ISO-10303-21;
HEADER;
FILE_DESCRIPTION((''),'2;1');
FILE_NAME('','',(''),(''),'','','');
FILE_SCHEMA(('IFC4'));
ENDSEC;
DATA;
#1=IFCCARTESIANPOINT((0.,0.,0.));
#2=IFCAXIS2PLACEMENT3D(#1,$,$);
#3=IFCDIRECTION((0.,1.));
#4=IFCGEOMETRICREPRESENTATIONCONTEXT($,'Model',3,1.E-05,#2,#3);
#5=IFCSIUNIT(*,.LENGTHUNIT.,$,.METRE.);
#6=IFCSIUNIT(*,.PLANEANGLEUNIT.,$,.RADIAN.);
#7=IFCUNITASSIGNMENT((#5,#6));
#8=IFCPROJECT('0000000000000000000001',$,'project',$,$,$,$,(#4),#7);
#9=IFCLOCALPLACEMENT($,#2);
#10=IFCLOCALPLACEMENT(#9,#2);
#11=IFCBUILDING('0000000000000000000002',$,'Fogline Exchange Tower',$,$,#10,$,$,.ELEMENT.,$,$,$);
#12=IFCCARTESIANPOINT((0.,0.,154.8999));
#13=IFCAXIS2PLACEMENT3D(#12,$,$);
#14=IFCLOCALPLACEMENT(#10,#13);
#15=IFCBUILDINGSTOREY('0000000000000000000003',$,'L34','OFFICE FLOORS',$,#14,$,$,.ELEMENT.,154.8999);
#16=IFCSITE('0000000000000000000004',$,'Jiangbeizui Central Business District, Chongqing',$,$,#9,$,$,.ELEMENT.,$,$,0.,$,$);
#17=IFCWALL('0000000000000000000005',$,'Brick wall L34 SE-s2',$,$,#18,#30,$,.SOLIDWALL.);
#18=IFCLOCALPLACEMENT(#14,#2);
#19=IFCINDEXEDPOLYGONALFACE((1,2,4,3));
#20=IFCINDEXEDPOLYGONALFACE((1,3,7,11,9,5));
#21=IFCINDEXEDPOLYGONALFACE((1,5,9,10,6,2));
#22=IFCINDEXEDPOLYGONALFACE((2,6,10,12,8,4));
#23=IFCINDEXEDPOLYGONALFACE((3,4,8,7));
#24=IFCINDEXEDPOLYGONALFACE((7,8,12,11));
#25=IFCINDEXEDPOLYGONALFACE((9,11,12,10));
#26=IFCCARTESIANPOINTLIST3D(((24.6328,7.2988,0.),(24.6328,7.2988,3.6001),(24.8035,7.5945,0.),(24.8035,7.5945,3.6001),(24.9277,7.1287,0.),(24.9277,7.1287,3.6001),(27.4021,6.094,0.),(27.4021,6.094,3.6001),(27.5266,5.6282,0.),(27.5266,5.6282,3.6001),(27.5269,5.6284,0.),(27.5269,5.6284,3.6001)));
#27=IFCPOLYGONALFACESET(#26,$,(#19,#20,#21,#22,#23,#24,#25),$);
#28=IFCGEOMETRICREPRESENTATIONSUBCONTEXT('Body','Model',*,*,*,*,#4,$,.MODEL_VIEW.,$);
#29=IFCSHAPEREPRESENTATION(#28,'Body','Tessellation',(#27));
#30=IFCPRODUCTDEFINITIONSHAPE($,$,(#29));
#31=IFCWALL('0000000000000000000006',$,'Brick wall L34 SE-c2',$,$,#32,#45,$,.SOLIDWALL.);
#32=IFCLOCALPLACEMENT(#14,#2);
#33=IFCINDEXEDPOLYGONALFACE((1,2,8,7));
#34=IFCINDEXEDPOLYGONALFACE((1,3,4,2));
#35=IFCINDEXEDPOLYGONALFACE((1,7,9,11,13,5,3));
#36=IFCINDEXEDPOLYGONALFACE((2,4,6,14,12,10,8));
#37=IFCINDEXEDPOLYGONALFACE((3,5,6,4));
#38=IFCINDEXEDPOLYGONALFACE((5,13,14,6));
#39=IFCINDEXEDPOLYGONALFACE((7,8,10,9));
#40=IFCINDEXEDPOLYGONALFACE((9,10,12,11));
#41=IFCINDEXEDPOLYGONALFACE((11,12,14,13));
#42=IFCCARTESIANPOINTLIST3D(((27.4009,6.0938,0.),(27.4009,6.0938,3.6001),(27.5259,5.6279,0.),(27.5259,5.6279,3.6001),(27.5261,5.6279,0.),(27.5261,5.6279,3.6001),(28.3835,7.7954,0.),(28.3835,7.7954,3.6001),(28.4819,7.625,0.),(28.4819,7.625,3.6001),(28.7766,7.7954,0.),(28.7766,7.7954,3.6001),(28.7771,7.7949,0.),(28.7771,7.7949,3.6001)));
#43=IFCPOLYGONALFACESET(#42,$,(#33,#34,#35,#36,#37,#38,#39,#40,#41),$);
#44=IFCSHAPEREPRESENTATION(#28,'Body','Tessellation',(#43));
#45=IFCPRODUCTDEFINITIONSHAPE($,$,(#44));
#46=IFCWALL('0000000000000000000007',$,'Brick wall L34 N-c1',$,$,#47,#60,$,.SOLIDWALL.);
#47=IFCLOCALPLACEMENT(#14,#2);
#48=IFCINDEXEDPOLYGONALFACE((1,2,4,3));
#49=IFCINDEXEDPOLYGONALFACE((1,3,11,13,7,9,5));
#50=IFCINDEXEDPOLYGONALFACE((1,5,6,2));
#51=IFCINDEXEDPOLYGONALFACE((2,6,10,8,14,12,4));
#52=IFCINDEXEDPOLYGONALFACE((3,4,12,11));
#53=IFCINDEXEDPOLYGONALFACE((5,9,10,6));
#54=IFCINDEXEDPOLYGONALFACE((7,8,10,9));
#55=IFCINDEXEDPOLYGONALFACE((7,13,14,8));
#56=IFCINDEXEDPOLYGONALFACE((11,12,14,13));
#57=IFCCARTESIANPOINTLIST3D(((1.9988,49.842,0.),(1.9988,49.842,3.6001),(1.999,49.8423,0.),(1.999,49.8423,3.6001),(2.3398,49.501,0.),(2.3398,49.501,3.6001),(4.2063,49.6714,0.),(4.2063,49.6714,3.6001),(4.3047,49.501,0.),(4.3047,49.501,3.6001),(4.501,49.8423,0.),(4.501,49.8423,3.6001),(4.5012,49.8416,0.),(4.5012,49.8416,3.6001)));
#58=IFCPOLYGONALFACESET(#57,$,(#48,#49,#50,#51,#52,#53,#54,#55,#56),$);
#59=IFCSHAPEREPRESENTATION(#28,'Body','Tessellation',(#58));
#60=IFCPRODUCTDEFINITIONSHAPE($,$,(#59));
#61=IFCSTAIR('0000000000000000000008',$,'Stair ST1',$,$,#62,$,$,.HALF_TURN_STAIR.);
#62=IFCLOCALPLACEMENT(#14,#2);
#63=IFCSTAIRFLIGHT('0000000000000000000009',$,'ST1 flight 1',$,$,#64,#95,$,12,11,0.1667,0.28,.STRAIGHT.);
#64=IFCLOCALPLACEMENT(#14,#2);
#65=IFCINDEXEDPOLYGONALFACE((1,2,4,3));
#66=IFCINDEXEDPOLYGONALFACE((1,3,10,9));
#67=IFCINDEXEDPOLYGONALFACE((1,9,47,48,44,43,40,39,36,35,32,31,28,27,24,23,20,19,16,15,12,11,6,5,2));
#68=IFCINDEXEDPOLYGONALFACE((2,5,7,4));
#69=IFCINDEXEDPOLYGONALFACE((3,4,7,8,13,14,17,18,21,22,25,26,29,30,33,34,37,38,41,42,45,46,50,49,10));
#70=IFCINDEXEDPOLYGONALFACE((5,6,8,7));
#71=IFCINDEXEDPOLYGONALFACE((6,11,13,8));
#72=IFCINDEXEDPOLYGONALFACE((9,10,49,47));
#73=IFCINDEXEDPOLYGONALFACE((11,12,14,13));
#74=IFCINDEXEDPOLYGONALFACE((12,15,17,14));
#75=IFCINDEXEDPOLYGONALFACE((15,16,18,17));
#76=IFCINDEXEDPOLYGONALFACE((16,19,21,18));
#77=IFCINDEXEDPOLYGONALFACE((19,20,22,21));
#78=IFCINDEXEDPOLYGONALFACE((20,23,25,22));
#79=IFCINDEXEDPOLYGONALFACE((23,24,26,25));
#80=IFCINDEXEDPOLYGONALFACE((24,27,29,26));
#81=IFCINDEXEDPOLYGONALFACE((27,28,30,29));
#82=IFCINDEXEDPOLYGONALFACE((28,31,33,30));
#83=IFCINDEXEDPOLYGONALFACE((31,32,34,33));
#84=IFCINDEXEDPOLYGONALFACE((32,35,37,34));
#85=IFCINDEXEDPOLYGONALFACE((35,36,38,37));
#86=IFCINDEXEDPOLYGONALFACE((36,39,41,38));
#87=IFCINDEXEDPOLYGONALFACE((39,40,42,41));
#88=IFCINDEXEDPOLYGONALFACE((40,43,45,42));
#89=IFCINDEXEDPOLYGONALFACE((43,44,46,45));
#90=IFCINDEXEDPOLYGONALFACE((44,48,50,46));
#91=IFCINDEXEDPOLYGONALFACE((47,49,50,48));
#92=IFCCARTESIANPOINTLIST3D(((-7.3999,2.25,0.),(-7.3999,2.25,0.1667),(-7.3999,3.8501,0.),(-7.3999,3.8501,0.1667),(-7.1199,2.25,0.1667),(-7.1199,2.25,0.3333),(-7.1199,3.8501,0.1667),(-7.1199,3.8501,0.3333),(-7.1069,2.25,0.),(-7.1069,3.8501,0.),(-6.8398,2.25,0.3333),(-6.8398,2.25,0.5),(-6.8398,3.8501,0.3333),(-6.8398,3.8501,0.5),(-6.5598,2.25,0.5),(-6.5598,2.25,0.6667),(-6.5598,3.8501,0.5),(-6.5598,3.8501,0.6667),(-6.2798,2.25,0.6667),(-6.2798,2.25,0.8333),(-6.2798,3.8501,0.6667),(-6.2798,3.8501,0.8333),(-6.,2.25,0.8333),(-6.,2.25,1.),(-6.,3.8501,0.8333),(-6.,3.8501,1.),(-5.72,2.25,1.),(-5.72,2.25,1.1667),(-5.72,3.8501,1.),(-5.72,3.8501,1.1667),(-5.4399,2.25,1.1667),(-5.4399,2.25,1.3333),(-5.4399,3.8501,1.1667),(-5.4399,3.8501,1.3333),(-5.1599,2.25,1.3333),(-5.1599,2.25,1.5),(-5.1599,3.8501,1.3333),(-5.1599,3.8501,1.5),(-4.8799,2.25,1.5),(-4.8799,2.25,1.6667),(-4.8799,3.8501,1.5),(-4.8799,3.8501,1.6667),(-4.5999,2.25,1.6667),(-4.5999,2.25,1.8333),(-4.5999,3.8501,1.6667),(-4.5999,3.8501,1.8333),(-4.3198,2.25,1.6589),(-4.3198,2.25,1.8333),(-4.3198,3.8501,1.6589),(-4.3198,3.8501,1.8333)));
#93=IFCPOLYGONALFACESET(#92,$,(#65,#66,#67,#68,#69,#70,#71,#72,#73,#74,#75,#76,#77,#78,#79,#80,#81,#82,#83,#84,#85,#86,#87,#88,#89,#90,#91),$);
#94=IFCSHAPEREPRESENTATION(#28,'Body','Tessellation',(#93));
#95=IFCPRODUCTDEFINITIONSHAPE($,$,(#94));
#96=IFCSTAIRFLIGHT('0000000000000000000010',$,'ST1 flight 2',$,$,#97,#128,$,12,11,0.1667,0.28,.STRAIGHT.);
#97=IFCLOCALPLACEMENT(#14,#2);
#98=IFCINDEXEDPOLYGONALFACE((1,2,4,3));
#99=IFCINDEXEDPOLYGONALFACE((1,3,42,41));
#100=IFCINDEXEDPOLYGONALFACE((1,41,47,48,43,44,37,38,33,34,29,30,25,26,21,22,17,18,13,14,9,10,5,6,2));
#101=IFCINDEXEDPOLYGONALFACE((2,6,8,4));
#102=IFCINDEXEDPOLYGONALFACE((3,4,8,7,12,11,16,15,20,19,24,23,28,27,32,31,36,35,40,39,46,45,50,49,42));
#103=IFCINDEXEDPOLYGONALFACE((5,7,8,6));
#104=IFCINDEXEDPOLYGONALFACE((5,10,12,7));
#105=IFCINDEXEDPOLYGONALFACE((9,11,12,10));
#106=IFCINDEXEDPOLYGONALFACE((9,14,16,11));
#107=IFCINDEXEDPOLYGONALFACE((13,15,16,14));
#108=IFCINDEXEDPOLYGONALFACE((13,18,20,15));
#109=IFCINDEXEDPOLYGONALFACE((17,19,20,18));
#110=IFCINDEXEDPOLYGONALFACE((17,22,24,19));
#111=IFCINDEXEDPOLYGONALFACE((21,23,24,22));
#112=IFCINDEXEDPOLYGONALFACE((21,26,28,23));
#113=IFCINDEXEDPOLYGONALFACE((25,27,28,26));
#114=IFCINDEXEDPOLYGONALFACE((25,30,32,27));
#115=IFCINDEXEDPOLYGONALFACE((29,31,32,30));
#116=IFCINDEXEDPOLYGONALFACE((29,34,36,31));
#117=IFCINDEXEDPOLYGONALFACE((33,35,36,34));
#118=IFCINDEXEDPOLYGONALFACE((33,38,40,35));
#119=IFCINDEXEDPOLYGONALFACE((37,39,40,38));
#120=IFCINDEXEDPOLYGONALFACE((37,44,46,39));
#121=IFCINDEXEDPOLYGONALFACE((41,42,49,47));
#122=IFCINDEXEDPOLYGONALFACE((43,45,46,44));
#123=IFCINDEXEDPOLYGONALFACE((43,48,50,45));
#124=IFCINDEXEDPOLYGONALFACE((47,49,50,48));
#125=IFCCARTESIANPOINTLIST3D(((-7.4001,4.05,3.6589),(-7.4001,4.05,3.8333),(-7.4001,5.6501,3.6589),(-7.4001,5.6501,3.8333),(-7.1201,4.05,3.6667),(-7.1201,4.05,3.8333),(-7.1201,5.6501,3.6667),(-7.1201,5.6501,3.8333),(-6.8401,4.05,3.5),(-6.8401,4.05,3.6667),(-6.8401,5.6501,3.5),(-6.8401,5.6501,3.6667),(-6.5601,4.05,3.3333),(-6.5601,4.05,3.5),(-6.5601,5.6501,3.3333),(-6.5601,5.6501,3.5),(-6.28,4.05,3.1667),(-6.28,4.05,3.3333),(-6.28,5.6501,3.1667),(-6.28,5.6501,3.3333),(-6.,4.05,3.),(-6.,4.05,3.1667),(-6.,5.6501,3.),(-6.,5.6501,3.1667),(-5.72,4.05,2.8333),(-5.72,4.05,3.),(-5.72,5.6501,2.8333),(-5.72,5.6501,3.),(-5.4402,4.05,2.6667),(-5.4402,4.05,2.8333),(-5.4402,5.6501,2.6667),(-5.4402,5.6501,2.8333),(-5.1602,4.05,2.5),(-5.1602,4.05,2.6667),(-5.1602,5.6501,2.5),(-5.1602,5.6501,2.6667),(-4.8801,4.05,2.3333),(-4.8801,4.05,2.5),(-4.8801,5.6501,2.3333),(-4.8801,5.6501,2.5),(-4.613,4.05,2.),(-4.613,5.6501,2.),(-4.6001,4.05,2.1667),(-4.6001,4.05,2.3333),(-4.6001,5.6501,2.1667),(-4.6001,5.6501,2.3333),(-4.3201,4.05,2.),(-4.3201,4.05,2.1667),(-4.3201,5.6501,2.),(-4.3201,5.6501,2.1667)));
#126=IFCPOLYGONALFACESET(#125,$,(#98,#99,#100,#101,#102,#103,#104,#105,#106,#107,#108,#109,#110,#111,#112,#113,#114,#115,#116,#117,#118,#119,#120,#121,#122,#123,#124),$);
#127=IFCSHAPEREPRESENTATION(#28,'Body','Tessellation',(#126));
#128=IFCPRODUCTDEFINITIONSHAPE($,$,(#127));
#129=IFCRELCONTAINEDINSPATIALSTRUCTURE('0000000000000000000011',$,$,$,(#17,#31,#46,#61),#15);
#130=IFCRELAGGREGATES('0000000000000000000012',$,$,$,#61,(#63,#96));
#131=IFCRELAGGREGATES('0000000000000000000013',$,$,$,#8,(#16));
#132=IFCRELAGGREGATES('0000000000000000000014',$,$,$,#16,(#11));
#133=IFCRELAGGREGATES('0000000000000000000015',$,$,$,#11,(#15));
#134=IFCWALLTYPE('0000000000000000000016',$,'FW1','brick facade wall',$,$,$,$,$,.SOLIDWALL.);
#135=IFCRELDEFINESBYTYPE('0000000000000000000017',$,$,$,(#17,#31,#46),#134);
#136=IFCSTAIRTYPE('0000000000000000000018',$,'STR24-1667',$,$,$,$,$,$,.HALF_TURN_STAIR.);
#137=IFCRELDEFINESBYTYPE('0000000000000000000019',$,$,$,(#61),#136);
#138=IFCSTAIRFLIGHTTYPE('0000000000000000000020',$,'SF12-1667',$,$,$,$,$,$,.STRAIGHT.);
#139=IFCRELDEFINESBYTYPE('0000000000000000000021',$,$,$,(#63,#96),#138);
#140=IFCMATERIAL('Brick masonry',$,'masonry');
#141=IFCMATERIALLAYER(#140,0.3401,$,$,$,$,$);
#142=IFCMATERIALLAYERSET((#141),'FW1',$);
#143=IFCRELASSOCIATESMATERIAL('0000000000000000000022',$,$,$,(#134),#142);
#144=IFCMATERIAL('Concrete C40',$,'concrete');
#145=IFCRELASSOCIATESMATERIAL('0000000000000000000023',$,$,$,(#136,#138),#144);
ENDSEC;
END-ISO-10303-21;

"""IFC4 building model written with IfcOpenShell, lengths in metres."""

from ifc_helpers import new_model, si_unit, direction, frame, origin, place, context, subcontext, project, spatial, polyline, outline, extrude, material, layer, layer_set, type_object, element, aggregate, save


model = new_model("IFC4")

# Units and contexts
model_context = context("Model", 3, precision=1e-05, world=origin(), true_north=direction((0.0, 1.0)))
body_context = subcontext(model_context, "Body", "Model", "MODEL_VIEW")
ifc_project = project(units=[si_unit("LENGTHUNIT", "METRE"), si_unit("PLANEANGLEUNIT", "RADIAN")], contexts=[model_context])

# Site, building, storey
site_placement = place(None, origin())
site = spatial("IfcSite", under=ifc_project, at=site_placement, Name="Jiangbeizui Central Business District, Chongqing", CompositionType="ELEMENT", RefElevation=0.0)
building_placement = place(site_placement, origin())
building = spatial("IfcBuilding", under=site, at=building_placement, Name="Fogline Exchange Tower", CompositionType="ELEMENT")
storey_placement = place(building_placement, frame((0.0, 0.0, 154.8999)))
storey = spatial("IfcBuildingStorey", under=building, at=storey_placement, Name="L34", Description="OFFICE FLOORS", CompositionType="ELEMENT", Elevation=154.8999)

# Shared definitions
ifc_material_1 = material(Name="Concrete C40", Category="concrete")

# Walls
ifc_material_2 = material(Name="Brick masonry", Category="masonry")
ifc_layer_1 = layer(ifc_material_2, 0.3401)
ifc_layer_set_1 = layer_set([ifc_layer_1], Name="FW1")
wall_type_1 = type_object("IfcWallType", Name="FW1", Description="brick facade wall", PredefinedType="SOLIDWALL", material=ifc_layer_set_1)
wall_1_placement = place(storey_placement, origin())
element("IfcWall", 1, at=wall_1_placement, inside=storey, type_object=wall_type_1, Name="Brick wall L34 SE-s2", PredefinedType="SOLIDWALL", context=body_context, shape_type="SweptSolid", body=[
    extrude(outline(polyline([(27.5266, 5.6282), (24.9277, 7.1287), (24.6328, 7.2988), (24.8035, 7.5945), (27.4021, 6.094), (27.5269, 5.6284), (27.5266, 5.6282)])), origin(), (0.0, 0.0, 1.0), 3.6001),
])
wall_2_placement = place(storey_placement, origin())
element("IfcWall", 2, at=wall_2_placement, inside=storey, type_object=wall_type_1, Name="Brick wall L34 SE-c2", PredefinedType="SOLIDWALL", context=body_context, shape_type="SweptSolid", body=[
    extrude(outline(polyline([(28.3835, 7.7954), (28.4819, 7.625), (28.7766, 7.7954), (28.7771, 7.7949), (27.5261, 5.6279), (27.5259, 5.6279), (27.4009, 6.0938), (28.3835, 7.7954)])), origin(), (0.0, 0.0, 1.0), 3.6001),
])
wall_3_placement = place(storey_placement, origin())
element("IfcWall", 3, at=wall_3_placement, inside=storey, type_object=wall_type_1, Name="Brick wall L34 N-c1", PredefinedType="SOLIDWALL", context=body_context, shape_type="SweptSolid", body=[
    extrude(outline(polyline([(1.999, 49.8423), (4.501, 49.8423), (4.5012, 49.8416), (4.2063, 49.6714), (4.3047, 49.501), (2.3398, 49.501), (1.9988, 49.842), (1.999, 49.8423)])), origin(), (0.0, 0.0, 1.0), 3.6001),
])

# Stair, stair flights
stair_type = type_object("IfcStairType", Name="STR24-1667", PredefinedType="HALF_TURN_STAIR", material=ifc_material_1)
stair_placement = place(storey_placement, origin())
stair = element("IfcStair", 4, at=stair_placement, inside=storey, type_object=stair_type, Name="Stair ST1", PredefinedType="HALF_TURN_STAIR")
stair_flight_type = type_object("IfcStairFlightType", Name="SF12-1667", PredefinedType="STRAIGHT", material=ifc_material_1)
stair_flight_1_placement = place(storey_placement, frame((-7.3999, 3.05, 0.0), z_axis=(0.0, 0.0, 1.0), x_axis=(1.0, 0.0, 0.0)))
stair_flight_1 = element("IfcStairFlight", 5, at=stair_flight_1_placement, type_object=stair_flight_type, Name="ST1 flight 1", NumberOfRisers=12, NumberOfTreads=11, PredefinedType="STRAIGHT", RiserHeight=0.1667, TreadLength=0.28, context=body_context, shape_type="SweptSolid", body=[
    extrude(outline(polyline([(0.0, 0.0), (0.0, 0.1667), (0.28, 0.1667), (0.28, 0.3333), (0.5601, 0.3333), (0.5601, 0.5), (0.8401, 0.5), (0.8401, 0.6667), (1.1201, 0.6667), (1.1201, 0.8333), (1.3999, 0.8333), (1.3999, 1.0), (1.6799, 1.0), (1.6799, 1.1667), (1.96, 1.1667), (1.96, 1.3333), (2.24, 1.3333), (2.24, 1.5), (2.52, 1.5), (2.52, 1.6667), (2.8, 1.6667), (2.8, 1.8333), (3.0801, 1.8333), (3.0801, 2.0), (3.0801, 1.6589), (0.293, 0.0), (0.0, 0.0)])), frame((0.0, 0.8, 0.0), z_axis=(0.0, -1.0, 0.0), x_axis=(1.0, 0.0, 0.0)), (0.0, 0.0, 1.0), 1.6001),
])
stair_flight_2_placement = place(storey_placement, frame((-4.3201, 4.8501, 2.0), z_axis=(0.0, 0.0, 1.0), x_axis=(-1.0, 0.0, 0.0)))
stair_flight_2 = element("IfcStairFlight", 6, at=stair_flight_2_placement, type_object=stair_flight_type, Name="ST1 flight 2", NumberOfRisers=12, NumberOfTreads=11, PredefinedType="STRAIGHT", RiserHeight=0.1667, TreadLength=0.28, context=body_context, shape_type="SweptSolid", body=[
    extrude(outline(polyline([(0.0, 0.0), (0.0, 0.1667), (0.28, 0.1667), (0.28, 0.3333), (0.5601, 0.3333), (0.5601, 0.5), (0.8401, 0.5), (0.8401, 0.6667), (1.1201, 0.6667), (1.1201, 0.8333), (1.3999, 0.8333), (1.3999, 1.0), (1.6799, 1.0), (1.6799, 1.1667), (1.96, 1.1667), (1.96, 1.3333), (2.24, 1.3333), (2.24, 1.5), (2.52, 1.5), (2.52, 1.6667), (2.8, 1.6667), (2.8, 1.8333), (3.0801, 1.8333), (3.0801, 2.0), (3.0801, 1.6589), (0.293, 0.0), (0.0, 0.0)])), frame((0.0, 0.8, 0.0), z_axis=(0.0, -1.0, 0.0), x_axis=(1.0, 0.0, 0.0)), (0.0, 0.0, 1.0), 1.6001),
])
aggregate(stair, [stair_flight_1, stair_flight_2])

save(model, "model.ifc")
